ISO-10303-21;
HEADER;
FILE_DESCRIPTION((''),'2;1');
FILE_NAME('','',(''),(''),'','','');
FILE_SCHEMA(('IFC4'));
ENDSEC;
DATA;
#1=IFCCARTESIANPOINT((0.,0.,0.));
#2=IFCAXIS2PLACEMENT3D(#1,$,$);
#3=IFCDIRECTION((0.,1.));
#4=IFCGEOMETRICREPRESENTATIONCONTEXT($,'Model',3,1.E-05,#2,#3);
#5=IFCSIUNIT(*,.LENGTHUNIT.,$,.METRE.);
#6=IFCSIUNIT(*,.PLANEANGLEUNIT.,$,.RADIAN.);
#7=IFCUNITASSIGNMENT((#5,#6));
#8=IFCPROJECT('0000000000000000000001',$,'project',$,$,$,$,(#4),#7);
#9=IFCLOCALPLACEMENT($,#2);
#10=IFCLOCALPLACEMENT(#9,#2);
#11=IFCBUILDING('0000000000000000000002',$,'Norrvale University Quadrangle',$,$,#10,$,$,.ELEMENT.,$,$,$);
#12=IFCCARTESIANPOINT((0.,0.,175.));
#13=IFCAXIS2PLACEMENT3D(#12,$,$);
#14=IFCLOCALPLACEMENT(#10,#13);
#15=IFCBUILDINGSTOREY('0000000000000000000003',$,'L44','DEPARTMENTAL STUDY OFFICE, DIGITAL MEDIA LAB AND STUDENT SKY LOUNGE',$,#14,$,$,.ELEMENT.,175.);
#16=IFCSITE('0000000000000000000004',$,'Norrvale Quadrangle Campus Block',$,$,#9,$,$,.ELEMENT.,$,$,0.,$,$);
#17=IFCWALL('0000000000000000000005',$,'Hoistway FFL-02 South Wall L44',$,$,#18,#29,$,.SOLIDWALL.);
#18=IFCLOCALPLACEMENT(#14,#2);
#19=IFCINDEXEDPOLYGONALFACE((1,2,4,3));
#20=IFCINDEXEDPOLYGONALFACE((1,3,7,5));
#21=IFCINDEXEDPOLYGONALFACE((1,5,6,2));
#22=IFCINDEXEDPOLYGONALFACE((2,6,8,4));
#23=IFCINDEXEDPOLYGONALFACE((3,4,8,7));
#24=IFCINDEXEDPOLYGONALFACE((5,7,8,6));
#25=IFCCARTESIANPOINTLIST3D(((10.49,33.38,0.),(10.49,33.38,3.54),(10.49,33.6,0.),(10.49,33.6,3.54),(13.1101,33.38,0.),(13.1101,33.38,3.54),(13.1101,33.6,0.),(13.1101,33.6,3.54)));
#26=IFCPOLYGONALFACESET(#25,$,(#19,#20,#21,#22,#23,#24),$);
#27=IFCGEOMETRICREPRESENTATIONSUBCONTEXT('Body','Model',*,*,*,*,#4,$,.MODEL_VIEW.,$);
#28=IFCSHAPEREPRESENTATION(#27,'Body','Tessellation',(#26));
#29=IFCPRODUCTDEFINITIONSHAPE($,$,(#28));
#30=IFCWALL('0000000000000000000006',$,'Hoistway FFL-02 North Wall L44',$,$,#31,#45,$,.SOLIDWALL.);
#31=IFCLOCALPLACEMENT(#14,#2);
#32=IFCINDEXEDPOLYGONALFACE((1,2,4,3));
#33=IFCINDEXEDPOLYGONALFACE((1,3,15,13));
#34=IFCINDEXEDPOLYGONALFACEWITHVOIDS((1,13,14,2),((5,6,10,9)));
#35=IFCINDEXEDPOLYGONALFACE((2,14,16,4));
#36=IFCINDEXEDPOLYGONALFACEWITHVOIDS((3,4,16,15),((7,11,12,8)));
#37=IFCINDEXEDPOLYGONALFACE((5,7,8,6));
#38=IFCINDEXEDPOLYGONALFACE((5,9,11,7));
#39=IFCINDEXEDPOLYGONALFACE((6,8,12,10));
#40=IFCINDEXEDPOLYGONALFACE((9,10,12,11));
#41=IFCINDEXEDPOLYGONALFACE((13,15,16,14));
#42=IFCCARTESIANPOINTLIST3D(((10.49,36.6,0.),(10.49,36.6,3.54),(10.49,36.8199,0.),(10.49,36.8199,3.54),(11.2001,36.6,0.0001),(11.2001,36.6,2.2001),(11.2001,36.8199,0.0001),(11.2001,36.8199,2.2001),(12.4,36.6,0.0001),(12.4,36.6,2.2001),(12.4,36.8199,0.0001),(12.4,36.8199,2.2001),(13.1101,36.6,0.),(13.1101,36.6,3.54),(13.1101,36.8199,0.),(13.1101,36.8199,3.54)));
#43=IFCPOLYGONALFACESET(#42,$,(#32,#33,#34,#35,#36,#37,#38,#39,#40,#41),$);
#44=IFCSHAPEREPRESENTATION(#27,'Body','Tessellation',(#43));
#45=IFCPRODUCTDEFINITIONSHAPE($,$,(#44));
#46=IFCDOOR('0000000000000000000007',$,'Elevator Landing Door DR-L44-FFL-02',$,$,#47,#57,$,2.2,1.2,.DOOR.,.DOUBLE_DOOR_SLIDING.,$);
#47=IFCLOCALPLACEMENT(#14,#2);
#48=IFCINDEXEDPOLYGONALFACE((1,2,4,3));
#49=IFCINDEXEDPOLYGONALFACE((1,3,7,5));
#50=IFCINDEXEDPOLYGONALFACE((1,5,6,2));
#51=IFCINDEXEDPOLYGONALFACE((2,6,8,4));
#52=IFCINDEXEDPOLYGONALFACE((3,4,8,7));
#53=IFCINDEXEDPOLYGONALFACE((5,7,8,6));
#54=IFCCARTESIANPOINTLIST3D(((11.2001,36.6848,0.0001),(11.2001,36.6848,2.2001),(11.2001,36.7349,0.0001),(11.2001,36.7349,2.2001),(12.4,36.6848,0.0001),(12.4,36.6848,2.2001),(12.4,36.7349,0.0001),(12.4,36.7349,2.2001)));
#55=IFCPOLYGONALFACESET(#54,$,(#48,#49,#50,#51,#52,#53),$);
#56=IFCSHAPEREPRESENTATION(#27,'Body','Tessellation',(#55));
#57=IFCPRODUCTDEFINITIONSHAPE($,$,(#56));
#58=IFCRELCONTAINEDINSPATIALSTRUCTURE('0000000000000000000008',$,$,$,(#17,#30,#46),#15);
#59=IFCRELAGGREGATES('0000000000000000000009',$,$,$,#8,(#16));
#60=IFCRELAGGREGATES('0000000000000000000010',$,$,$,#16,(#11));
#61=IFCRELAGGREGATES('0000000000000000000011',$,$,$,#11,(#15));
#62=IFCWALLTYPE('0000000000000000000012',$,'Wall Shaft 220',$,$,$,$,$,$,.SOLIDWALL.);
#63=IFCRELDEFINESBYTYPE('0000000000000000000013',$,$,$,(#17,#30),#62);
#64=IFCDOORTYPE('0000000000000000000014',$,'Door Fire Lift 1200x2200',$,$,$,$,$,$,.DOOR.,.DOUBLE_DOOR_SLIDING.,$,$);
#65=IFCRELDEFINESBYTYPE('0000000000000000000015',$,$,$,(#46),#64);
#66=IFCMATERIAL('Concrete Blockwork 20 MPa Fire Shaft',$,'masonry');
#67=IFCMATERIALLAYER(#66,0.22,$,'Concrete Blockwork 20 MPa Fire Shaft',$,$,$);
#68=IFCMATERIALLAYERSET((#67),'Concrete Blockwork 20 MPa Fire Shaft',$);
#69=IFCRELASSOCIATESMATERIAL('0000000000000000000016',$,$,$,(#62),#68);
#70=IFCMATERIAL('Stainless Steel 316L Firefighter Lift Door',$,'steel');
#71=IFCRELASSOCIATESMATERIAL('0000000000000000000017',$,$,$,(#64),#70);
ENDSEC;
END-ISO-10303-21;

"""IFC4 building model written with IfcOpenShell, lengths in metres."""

from ifc_helpers import new_model, si_unit, direction, frame, frame_2d, origin, place, context, subcontext, project, spatial, rectangle, extrude, material, layer, layer_set, type_object, element, fill, save


model = new_model("IFC4")

# Units and contexts
model_context = context("Model", 3, precision=1e-05, world=origin(), true_north=direction((0.0, 1.0)))
body_context = subcontext(model_context, "Body", "Model", "MODEL_VIEW")
ifc_project = project(units=[si_unit("LENGTHUNIT", "METRE"), si_unit("PLANEANGLEUNIT", "RADIAN")], contexts=[model_context])

# Site, building, storey
site_placement = place(None, origin())
site = spatial("IfcSite", under=ifc_project, at=site_placement, Name="Norrvale Quadrangle Campus Block", CompositionType="ELEMENT", RefElevation=0.0)
building_placement = place(site_placement, origin())
building = spatial("IfcBuilding", under=site, at=building_placement, Name="Norrvale University Quadrangle", CompositionType="ELEMENT")
storey_placement = place(building_placement, frame((0.0, 0.0, 175.0)))
storey = spatial("IfcBuildingStorey", under=building, at=storey_placement, Name="L44", Description="DEPARTMENTAL STUDY OFFICE, DIGITAL MEDIA LAB AND STUDENT SKY LOUNGE", CompositionType="ELEMENT", Elevation=175.0)

# Shared definitions
ifc_material_1 = material(Name="Concrete Blockwork 20 MPa Fire Shaft", Category="masonry")
ifc_layer_1 = layer(ifc_material_1, 0.22, Name="Concrete Blockwork 20 MPa Fire Shaft")
ifc_layer_set_1 = layer_set([ifc_layer_1], Name="Concrete Blockwork 20 MPa Fire Shaft")
wall_type_1 = type_object("IfcWallType", Name="Wall Shaft 220", PredefinedType="SOLIDWALL", material=ifc_layer_set_1)

# Shared definitions
ifc_material_2 = material(Name="Stainless Steel 316L Firefighter Lift Door", Category="steel")
door_type_1 = type_object("IfcDoorType", Name="Door Fire Lift 1200x2200", OperationType="DOUBLE_DOOR_SLIDING", PredefinedType="DOOR", material=ifc_material_2)

# Wall
wall_1_placement = place(storey_placement, frame((10.49, 33.49, 0.0), z_axis=(0.0, 0.0, 1.0), x_axis=(1.0, 0.0, 0.0)))
element("IfcWall", 1, at=wall_1_placement, inside=storey, type_object=wall_type_1, Name="Hoistway FFL-02 South Wall L44", PredefinedType="SOLIDWALL", context=body_context, shape_type="SweptSolid", body=[
    extrude(rectangle(XDim=2.6201, YDim=0.22, at=frame_2d((1.3101, 0.0))), origin(), (0.0, 0.0, 1.0), 3.54),
])

# Wall, opening, door
wall_2_placement = place(storey_placement, frame((10.49, 36.71, 0.0), z_axis=(0.0, 0.0, 1.0), x_axis=(1.0, 0.0, 0.0)))
wall_2 = element("IfcWall", 2, at=wall_2_placement, inside=storey, type_object=wall_type_1, Name="Hoistway FFL-02 North Wall L44", PredefinedType="SOLIDWALL", context=body_context, shape_type="SweptSolid", body=[
    extrude(rectangle(XDim=2.6201, YDim=0.22, at=frame_2d((1.3101, 0.0))), origin(), (0.0, 0.0, 1.0), 3.54),
])
opening_1_placement = place(wall_2_placement, frame((0.71, 0.0, 0.0)))
opening_1 = element("IfcOpeningElement", 3, at=opening_1_placement, cuts=wall_2, PredefinedType="OPENING", context=body_context, shape_type="SweptSolid", body=[
    extrude(rectangle(XDim=1.2, YDim=2.2, at=frame_2d((0.6001, 1.1001))), frame((0.0, 0.1221, 0.0), z_axis=(0.0, -1.0, 0.0), x_axis=(1.0, 0.0, 0.0)), (0.0, 0.0, 1.0), 0.2439),
])
door_1_placement = place(opening_1_placement, origin())
door_1 = element("IfcDoor", 4, at=door_1_placement, inside=storey, type_object=door_type_1, Name="Elevator Landing Door DR-L44-FFL-02", OperationType="DOUBLE_DOOR_SLIDING", OverallHeight=2.2, OverallWidth=1.2, PredefinedType="DOOR", context=body_context, shape_type="SweptSolid", body=[
    extrude(rectangle(XDim=1.2, YDim=2.2, at=frame_2d((0.6001, 1.1001))), frame((0.0, 0.0249, 0.0), z_axis=(0.0, -1.0, 0.0), x_axis=(1.0, 0.0, 0.0)), (0.0, 0.0, 1.0), 0.05),
])
fill(opening_1, door_1)

save(model, "model.ifc")
